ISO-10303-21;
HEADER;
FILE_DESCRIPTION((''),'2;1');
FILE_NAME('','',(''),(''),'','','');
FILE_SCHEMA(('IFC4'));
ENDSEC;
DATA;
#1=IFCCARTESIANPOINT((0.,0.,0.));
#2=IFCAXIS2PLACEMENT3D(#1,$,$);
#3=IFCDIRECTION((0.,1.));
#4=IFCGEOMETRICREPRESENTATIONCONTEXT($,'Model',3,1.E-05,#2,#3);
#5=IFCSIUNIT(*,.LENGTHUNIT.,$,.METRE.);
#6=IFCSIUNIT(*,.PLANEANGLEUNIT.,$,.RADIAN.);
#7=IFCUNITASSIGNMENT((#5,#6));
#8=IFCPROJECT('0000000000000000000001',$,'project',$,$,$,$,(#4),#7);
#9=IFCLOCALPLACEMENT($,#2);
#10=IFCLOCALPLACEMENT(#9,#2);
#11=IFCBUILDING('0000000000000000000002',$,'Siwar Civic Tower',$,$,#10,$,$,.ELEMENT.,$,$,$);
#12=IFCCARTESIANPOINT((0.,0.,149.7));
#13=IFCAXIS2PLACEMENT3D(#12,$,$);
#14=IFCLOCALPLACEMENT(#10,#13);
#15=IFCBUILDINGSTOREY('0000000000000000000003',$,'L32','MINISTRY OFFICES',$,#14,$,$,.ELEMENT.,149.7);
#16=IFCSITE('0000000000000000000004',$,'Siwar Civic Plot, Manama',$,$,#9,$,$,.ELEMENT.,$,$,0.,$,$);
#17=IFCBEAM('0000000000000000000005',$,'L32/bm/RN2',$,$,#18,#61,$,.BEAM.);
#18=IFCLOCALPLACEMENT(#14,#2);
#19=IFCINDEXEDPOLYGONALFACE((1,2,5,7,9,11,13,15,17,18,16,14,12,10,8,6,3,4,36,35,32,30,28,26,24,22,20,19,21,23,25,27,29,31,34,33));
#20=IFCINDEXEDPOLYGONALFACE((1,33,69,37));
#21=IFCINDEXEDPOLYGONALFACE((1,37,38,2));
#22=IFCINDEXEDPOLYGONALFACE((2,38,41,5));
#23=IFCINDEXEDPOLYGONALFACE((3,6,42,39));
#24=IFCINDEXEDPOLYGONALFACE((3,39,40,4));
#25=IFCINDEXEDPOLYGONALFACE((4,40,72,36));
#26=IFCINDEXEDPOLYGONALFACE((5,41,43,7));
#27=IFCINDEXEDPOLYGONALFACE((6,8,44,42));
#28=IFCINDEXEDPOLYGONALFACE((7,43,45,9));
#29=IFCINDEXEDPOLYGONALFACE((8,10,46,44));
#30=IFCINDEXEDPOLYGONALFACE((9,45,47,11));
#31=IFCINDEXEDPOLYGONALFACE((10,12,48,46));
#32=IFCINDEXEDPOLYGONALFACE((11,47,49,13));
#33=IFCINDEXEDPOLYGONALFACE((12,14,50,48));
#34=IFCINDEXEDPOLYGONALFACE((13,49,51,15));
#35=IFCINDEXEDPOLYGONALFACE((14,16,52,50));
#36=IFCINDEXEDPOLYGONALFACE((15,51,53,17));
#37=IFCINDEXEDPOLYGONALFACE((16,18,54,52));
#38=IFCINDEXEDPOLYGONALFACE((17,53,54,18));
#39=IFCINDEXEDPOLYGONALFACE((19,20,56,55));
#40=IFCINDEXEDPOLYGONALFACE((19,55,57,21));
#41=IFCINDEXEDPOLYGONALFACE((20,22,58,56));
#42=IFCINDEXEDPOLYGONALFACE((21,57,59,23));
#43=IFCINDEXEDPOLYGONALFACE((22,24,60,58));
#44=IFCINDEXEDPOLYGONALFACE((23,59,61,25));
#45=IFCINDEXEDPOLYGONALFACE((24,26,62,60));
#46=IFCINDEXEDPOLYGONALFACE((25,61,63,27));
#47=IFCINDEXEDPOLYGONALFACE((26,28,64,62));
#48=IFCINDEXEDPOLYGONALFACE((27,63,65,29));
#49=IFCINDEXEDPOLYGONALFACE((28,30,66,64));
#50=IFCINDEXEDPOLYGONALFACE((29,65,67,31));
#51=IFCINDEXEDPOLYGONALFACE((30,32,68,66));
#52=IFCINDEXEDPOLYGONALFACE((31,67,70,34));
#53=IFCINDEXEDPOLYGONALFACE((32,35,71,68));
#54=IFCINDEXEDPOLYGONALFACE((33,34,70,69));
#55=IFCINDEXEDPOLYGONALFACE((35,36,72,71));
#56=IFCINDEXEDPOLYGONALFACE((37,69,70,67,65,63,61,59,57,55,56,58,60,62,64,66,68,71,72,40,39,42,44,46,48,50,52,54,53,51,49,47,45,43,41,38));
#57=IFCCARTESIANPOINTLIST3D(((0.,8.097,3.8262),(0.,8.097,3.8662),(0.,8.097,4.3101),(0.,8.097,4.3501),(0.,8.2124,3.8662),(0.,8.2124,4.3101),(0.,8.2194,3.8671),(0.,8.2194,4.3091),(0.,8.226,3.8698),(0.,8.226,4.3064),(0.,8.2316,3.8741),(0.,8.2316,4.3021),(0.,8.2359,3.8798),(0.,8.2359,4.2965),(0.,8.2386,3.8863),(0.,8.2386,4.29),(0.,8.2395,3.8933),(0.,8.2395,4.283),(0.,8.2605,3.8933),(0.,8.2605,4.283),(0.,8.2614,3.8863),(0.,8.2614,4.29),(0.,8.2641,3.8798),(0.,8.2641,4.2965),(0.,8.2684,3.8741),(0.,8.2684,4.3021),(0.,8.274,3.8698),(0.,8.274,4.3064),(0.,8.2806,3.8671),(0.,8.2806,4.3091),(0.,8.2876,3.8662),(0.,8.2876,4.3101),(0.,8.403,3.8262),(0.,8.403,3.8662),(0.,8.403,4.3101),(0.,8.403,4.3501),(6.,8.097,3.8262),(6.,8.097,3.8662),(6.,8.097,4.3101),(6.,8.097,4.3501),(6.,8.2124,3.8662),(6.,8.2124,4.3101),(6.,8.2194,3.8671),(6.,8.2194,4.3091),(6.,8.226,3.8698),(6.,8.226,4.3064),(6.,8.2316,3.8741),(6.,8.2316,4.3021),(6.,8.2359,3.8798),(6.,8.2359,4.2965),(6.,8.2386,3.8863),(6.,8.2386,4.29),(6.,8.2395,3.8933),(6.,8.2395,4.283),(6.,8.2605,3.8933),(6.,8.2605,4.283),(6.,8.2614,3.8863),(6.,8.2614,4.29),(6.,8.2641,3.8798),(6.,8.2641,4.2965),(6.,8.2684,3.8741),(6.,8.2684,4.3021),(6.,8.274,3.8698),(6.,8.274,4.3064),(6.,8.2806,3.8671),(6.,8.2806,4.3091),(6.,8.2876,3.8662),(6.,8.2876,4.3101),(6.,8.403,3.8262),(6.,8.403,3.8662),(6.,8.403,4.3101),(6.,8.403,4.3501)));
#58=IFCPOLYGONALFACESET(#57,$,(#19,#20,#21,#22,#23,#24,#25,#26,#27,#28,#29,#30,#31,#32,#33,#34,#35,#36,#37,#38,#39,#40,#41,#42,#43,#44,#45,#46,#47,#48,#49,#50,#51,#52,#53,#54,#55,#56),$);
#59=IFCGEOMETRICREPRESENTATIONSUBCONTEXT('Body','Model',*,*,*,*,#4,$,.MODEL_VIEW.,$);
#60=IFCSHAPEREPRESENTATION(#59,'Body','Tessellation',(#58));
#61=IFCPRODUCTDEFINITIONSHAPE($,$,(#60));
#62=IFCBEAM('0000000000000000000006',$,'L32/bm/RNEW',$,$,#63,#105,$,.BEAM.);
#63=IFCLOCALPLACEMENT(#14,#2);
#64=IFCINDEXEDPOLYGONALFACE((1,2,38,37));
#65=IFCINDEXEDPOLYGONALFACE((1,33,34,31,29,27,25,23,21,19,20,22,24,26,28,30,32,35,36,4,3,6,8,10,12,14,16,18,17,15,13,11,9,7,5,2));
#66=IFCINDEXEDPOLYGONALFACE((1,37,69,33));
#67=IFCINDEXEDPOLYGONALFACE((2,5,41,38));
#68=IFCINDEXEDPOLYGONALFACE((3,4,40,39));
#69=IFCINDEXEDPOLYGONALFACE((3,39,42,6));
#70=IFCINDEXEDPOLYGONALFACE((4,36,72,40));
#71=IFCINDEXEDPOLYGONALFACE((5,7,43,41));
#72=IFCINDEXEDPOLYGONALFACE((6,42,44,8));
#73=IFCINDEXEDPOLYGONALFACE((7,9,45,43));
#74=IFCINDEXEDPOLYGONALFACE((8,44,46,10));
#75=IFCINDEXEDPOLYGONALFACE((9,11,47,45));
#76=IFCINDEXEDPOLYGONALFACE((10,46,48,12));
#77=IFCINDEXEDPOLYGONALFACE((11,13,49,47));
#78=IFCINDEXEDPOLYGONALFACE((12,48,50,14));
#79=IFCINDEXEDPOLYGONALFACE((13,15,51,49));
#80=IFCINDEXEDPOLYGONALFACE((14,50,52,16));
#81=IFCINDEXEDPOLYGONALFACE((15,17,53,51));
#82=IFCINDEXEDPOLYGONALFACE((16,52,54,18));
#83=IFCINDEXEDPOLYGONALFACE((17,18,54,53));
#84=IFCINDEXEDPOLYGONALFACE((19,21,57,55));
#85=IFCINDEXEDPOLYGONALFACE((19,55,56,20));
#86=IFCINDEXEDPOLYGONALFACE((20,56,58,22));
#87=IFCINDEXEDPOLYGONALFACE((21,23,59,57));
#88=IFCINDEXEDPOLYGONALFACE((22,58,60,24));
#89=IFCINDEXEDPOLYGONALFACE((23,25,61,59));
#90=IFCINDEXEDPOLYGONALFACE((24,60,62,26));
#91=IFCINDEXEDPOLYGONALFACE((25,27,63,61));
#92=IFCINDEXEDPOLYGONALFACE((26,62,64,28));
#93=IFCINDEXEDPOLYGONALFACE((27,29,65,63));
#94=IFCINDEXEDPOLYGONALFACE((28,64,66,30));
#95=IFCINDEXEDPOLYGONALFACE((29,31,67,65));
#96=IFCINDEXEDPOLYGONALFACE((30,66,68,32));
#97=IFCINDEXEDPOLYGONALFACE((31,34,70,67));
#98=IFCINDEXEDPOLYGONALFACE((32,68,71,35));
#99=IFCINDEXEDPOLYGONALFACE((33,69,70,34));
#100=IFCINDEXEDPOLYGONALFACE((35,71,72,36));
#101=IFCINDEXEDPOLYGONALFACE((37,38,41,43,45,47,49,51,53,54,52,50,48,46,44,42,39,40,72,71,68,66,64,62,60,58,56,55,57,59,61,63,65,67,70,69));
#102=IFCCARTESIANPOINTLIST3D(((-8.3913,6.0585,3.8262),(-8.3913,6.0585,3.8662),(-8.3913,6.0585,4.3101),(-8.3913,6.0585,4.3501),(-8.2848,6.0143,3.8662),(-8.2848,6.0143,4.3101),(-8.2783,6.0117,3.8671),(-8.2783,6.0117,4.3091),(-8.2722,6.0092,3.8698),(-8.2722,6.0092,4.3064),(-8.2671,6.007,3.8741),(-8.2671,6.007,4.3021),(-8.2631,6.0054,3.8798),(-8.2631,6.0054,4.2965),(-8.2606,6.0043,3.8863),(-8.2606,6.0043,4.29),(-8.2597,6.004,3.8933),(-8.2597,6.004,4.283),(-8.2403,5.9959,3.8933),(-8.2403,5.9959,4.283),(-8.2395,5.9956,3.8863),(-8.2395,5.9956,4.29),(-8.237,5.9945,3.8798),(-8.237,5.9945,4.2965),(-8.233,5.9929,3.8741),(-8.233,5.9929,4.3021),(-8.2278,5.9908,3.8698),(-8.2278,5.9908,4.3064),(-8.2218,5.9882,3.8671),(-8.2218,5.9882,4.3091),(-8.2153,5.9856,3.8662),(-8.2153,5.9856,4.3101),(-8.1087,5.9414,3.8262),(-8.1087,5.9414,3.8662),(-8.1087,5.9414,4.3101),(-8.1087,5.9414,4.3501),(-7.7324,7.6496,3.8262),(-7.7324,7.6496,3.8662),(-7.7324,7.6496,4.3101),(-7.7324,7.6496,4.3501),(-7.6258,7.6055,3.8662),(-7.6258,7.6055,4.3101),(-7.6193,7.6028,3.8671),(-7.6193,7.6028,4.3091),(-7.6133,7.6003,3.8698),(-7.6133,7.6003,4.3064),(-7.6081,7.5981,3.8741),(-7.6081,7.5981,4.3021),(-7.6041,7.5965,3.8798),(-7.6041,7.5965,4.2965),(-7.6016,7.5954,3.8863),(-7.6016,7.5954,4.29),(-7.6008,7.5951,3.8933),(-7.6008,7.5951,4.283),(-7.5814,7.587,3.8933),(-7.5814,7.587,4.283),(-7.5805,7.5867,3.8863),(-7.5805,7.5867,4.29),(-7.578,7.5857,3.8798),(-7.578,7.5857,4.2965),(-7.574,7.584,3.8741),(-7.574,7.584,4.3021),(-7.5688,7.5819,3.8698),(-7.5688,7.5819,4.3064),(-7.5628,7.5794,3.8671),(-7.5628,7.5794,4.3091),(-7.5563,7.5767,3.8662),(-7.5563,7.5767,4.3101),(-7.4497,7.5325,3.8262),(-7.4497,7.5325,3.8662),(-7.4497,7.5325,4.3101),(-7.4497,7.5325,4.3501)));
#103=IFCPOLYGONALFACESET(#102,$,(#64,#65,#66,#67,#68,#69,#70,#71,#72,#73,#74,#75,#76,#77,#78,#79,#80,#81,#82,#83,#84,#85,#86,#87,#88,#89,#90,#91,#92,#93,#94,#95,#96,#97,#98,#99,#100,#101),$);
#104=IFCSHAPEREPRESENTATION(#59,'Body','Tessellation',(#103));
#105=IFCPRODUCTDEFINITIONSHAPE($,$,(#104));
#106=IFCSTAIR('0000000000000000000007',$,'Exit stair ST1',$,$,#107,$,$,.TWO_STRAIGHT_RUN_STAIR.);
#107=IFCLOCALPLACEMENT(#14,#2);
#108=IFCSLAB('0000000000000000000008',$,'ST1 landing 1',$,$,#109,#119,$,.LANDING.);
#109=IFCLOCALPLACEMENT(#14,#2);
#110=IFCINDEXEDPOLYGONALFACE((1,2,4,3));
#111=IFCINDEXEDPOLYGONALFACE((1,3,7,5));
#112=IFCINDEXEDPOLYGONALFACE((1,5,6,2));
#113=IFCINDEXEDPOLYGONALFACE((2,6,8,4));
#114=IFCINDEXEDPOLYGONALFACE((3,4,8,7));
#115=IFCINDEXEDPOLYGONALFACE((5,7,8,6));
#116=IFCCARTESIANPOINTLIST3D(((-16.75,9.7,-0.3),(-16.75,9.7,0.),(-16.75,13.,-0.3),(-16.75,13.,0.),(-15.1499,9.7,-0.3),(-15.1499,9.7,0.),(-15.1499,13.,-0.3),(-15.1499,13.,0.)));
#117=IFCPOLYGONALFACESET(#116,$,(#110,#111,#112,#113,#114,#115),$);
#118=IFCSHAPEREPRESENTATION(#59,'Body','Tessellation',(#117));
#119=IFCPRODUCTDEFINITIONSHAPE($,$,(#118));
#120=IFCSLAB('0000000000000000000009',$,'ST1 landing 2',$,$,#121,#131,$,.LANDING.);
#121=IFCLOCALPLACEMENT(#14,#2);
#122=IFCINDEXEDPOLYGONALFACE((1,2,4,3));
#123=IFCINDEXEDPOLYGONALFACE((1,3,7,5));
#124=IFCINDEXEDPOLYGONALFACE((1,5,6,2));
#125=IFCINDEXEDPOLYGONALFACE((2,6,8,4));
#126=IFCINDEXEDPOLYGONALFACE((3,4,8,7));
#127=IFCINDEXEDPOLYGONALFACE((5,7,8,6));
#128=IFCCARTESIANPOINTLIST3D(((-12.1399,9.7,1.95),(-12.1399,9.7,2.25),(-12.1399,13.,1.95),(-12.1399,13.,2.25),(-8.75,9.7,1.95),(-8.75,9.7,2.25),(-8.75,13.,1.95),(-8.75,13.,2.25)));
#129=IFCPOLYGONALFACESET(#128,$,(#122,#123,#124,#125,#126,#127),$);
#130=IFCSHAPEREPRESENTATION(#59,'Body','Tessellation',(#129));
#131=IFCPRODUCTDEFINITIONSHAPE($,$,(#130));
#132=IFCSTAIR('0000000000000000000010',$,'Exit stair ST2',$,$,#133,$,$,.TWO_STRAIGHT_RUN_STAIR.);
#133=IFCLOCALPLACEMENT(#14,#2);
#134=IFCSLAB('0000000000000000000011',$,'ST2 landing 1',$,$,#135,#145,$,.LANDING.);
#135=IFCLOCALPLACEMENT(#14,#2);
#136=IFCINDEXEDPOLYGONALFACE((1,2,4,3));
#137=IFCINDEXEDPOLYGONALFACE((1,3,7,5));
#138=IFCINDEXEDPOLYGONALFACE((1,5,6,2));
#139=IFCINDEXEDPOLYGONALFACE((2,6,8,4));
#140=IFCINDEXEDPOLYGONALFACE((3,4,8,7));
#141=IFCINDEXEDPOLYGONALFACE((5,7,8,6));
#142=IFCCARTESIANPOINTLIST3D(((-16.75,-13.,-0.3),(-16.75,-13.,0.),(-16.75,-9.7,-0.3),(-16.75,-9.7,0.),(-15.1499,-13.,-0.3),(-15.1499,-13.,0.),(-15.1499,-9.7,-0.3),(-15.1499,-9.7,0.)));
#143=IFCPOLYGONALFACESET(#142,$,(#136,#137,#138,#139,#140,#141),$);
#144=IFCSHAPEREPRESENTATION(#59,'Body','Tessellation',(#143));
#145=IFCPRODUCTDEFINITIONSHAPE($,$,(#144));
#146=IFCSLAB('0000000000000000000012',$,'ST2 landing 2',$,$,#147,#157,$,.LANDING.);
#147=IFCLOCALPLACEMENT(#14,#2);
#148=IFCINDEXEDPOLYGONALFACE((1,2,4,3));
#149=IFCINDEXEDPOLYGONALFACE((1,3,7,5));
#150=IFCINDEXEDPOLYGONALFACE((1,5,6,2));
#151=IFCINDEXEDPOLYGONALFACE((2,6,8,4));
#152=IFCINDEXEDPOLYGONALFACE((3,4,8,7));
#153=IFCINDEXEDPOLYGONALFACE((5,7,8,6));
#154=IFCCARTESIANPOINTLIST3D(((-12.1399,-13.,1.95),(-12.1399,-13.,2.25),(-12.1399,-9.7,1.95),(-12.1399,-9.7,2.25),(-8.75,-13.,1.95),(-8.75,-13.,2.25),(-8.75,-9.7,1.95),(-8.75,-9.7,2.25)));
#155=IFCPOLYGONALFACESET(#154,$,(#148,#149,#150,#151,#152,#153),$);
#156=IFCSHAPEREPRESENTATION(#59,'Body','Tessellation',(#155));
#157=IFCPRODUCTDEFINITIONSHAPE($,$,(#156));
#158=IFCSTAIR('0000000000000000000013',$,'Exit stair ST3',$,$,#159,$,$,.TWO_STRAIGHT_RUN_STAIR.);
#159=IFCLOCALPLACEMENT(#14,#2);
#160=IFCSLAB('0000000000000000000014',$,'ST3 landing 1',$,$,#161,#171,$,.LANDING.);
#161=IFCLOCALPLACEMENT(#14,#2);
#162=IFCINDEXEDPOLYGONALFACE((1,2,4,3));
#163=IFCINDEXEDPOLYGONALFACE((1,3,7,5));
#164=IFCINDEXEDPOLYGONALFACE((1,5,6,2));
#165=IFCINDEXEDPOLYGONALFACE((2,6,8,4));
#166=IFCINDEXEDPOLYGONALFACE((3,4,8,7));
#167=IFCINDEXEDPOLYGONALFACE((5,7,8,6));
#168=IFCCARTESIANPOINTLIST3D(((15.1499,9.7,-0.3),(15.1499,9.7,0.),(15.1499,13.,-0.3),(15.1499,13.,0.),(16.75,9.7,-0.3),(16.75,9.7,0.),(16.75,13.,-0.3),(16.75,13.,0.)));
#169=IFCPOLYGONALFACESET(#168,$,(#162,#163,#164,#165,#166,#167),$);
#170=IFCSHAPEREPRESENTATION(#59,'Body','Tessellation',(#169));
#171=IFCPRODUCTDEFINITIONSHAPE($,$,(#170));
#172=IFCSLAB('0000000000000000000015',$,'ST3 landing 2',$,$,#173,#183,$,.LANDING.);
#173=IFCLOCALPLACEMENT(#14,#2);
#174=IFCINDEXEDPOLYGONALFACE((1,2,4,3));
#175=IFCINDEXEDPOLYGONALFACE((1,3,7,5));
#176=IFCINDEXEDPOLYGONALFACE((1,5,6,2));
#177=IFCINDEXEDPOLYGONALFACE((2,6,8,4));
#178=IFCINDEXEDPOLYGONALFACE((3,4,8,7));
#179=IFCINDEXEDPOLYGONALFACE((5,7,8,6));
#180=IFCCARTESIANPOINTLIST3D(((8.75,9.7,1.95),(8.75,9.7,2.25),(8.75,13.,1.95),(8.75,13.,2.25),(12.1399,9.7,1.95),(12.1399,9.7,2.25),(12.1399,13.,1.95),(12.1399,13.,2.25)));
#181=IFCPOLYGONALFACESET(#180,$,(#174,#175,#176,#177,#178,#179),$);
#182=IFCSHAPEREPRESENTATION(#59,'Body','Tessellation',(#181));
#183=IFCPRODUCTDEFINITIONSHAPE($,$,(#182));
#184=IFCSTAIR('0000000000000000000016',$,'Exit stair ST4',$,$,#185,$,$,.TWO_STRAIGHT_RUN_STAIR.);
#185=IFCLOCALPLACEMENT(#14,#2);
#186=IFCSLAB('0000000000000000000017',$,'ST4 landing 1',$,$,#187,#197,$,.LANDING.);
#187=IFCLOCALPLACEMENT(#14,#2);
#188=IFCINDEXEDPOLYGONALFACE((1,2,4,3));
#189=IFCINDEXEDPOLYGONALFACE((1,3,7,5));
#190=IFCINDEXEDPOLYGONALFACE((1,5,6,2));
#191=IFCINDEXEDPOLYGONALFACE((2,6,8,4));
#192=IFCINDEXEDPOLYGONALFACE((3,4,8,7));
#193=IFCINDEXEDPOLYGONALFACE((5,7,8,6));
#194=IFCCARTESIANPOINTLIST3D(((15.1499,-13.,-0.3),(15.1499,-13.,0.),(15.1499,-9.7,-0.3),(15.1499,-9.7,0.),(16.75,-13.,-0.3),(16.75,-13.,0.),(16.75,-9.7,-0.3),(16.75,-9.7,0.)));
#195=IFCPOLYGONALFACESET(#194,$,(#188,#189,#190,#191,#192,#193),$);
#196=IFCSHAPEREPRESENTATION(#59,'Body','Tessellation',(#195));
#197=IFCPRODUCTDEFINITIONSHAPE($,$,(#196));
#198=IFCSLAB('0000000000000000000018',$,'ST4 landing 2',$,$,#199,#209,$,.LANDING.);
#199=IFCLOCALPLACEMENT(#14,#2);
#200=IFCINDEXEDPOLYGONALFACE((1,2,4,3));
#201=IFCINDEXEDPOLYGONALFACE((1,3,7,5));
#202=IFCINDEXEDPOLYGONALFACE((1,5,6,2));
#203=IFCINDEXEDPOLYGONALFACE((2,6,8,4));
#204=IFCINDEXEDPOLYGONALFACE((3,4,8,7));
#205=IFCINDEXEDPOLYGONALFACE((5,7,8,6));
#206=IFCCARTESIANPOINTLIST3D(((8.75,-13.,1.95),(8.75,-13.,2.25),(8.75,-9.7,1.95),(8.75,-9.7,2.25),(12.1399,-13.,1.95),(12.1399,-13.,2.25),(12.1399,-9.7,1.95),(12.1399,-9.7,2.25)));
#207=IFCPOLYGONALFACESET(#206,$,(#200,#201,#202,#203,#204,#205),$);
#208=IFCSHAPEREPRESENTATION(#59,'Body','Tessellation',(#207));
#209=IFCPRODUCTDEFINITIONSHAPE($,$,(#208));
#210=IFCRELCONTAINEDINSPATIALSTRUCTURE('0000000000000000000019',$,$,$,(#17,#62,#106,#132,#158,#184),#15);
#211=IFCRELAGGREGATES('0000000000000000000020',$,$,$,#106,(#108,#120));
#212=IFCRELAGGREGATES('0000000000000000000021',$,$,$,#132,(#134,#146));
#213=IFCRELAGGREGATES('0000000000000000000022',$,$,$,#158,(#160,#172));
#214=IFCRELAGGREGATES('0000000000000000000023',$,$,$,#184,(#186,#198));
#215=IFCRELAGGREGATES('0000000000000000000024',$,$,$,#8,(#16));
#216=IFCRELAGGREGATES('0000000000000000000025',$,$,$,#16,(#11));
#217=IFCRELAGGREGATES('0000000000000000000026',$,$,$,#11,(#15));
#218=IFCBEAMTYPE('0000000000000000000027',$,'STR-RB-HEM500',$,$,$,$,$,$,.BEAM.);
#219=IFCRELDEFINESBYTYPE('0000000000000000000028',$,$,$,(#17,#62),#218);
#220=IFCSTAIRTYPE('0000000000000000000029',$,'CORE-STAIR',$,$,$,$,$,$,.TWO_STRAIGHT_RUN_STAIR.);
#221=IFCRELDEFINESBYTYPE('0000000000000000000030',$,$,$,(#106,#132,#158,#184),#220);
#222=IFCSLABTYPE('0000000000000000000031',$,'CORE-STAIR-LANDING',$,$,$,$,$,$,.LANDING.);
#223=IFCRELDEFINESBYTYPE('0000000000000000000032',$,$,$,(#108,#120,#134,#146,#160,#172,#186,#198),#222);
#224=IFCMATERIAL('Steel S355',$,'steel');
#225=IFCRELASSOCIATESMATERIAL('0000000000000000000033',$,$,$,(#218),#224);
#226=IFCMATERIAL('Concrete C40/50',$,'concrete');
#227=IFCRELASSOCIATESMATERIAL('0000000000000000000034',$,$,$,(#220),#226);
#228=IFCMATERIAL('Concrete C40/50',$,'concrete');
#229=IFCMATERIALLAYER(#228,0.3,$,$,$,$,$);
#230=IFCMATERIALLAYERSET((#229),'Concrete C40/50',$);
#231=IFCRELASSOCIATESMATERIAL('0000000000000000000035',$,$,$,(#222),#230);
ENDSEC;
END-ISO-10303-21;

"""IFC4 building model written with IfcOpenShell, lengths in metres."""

from ifc_helpers import new_model, si_unit, direction, frame, origin, origin_2d, place, context, subcontext, project, spatial, polyline, i_section, outline, extrude, material, layer, layer_set, material_profile, profile_set, type_object, element, aggregate, save


model = new_model("IFC4")

# Units and contexts
model_context = context("Model", 3, precision=1e-05, world=origin(), true_north=direction((0.0, 1.0)))
body_context = subcontext(model_context, "Body", "Model", "MODEL_VIEW")
ifc_project = project(units=[si_unit("LENGTHUNIT", "METRE"), si_unit("PLANEANGLEUNIT", "RADIAN")], contexts=[model_context])

# Site, building, storey
site_placement = place(None, origin())
site = spatial("IfcSite", under=ifc_project, at=site_placement, Name="Siwar Civic Plot, Manama", CompositionType="ELEMENT", RefElevation=0.0)
building_placement = place(site_placement, origin())
building = spatial("IfcBuilding", under=site, at=building_placement, Name="Siwar Civic Tower", CompositionType="ELEMENT")
storey_placement = place(building_placement, frame((0.0, 0.0, 149.7)))
storey = spatial("IfcBuildingStorey", under=building, at=storey_placement, Name="L32", Description="MINISTRY OFFICES", CompositionType="ELEMENT", Elevation=149.7)

# Beams
ifc_material_1 = material(Name="Steel S355", Category="steel")
ifc_material_profile_1 = material_profile(ifc_material_1, i_section(OverallWidth=0.3059, OverallDepth=0.5239, WebThickness=0.021, FlangeThickness=0.04, FilletRadius=0.0271, at=origin_2d()), Name="HEM500")
ifc_profile_set_1 = profile_set([ifc_material_profile_1], Name="Steel S355")
beam_type_1 = type_object("IfcBeamType", Name="STR-RB-HEM500", PredefinedType="BEAM", material=ifc_profile_set_1)
for number, where, z_axis, x_axis, name in (
    (1, (0.0, 8.25, 4.0881), (1.0, 0.0, 0.0), (0.0, 1.0, 0.0), "L32/bm/RN2"),
):
    element("IfcBeam", number, at=place(storey_placement, frame(where, z_axis=z_axis, x_axis=x_axis)), inside=storey, type_object=beam_type_1, Name=name, PredefinedType="BEAM", context=body_context, shape_type="SweptSolid", body=[
        extrude(i_section(OverallWidth=0.3059, OverallDepth=0.5239, WebThickness=0.021, FlangeThickness=0.04, FilletRadius=0.0271, at=origin_2d()), origin(), (0.0, 0.0, 1.0), 6.0),
    ])
beam_1_placement = place(storey_placement, frame((-7.5911, 7.5911, 4.0881), z_axis=(-0.382631, -0.923901, 0.0), x_axis=(0.923901, -0.382631, 0.0)))
element("IfcBeam", 2, at=beam_1_placement, inside=storey, type_object=beam_type_1, Name="L32/bm/RNEW", PredefinedType="BEAM", context=body_context, shape_type="SweptSolid", body=[
    extrude(i_section(OverallWidth=0.3059, OverallDepth=0.5239, WebThickness=0.021, FlangeThickness=0.04, FilletRadius=0.0271, at=origin_2d()), origin(), (0.0, 0.0, 1.0), 1.7222),
])

# Stairs, slabs
ifc_material_2 = material(Name="Concrete C40/50", Category="concrete")
stair_type = type_object("IfcStairType", Name="CORE-STAIR", PredefinedType="TWO_STRAIGHT_RUN_STAIR", material=ifc_material_2)
stair_1_placement = place(storey_placement, origin())
stair_1 = element("IfcStair", 3, at=stair_1_placement, inside=storey, type_object=stair_type, Name="Exit stair ST1", PredefinedType="TWO_STRAIGHT_RUN_STAIR")
ifc_material_3 = material(Name="Concrete C40/50", Category="concrete")
ifc_layer_1 = layer(ifc_material_3, 0.3)
ifc_layer_set_1 = layer_set([ifc_layer_1], Name="Concrete C40/50")
slab_type_1 = type_object("IfcSlabType", Name="CORE-STAIR-LANDING", PredefinedType="LANDING", material=ifc_layer_set_1)
slab_1_placement = place(storey_placement, frame((0.0, 0.0, -0.3)))
slab_1 = element("IfcSlab", 4, at=slab_1_placement, type_object=slab_type_1, Name="ST1 landing 1", PredefinedType="LANDING", context=body_context, shape_type="SweptSolid", body=[
    extrude(outline(polyline([(-15.1499, 13.0), (-16.75, 13.0), (-16.75, 9.7), (-15.1499, 9.7), (-15.1499, 13.0)])), origin(), (0.0, 0.0, 1.0), 0.3),
])
slab_2_placement = place(storey_placement, frame((0.0, 0.0, 1.95)))
slab_2 = element("IfcSlab", 5, at=slab_2_placement, type_object=slab_type_1, Name="ST1 landing 2", PredefinedType="LANDING", context=body_context, shape_type="SweptSolid", body=[
    extrude(outline(polyline([(-8.75, 13.0), (-12.1399, 13.0), (-12.1399, 9.7), (-8.75, 9.7), (-8.75, 13.0)])), origin(), (0.0, 0.0, 1.0), 0.3),
])
aggregate(stair_1, [slab_1, slab_2])
stair_2_placement = place(storey_placement, origin())
stair_2 = element("IfcStair", 6, at=stair_2_placement, inside=storey, type_object=stair_type, Name="Exit stair ST2", PredefinedType="TWO_STRAIGHT_RUN_STAIR")
slab_3_placement = place(storey_placement, frame((0.0, 0.0, -0.3)))
slab_3 = element("IfcSlab", 7, at=slab_3_placement, type_object=slab_type_1, Name="ST2 landing 1", PredefinedType="LANDING", context=body_context, shape_type="SweptSolid", body=[
    extrude(outline(polyline([(-15.1499, -9.7), (-16.75, -9.7), (-16.75, -13.0), (-15.1499, -13.0), (-15.1499, -9.7)])), origin(), (0.0, 0.0, 1.0), 0.3),
])
slab_4_placement = place(storey_placement, frame((0.0, 0.0, 1.95)))
slab_4 = element("IfcSlab", 8, at=slab_4_placement, type_object=slab_type_1, Name="ST2 landing 2", PredefinedType="LANDING", context=body_context, shape_type="SweptSolid", body=[
    extrude(outline(polyline([(-8.75, -9.7), (-12.1399, -9.7), (-12.1399, -13.0), (-8.75, -13.0), (-8.75, -9.7)])), origin(), (0.0, 0.0, 1.0), 0.3),
])
aggregate(stair_2, [slab_3, slab_4])
stair_3_placement = place(storey_placement, origin())
stair_3 = element("IfcStair", 9, at=stair_3_placement, inside=storey, type_object=stair_type, Name="Exit stair ST3", PredefinedType="TWO_STRAIGHT_RUN_STAIR")
slab_5_placement = place(storey_placement, frame((0.0, 0.0, -0.3)))
slab_5 = element("IfcSlab", 10, at=slab_5_placement, type_object=slab_type_1, Name="ST3 landing 1", PredefinedType="LANDING", context=body_context, shape_type="SweptSolid", body=[
    extrude(outline(polyline([(15.1499, 9.7), (16.75, 9.7), (16.75, 13.0), (15.1499, 13.0), (15.1499, 9.7)])), origin(), (0.0, 0.0, 1.0), 0.3),
])
slab_6_placement = place(storey_placement, frame((0.0, 0.0, 1.95)))
slab_6 = element("IfcSlab", 11, at=slab_6_placement, type_object=slab_type_1, Name="ST3 landing 2", PredefinedType="LANDING", context=body_context, shape_type="SweptSolid", body=[
    extrude(outline(polyline([(8.75, 9.7), (12.1399, 9.7), (12.1399, 13.0), (8.75, 13.0), (8.75, 9.7)])), origin(), (0.0, 0.0, 1.0), 0.3),
])
aggregate(stair_3, [slab_5, slab_6])
stair_4_placement = place(storey_placement, origin())
stair_4 = element("IfcStair", 12, at=stair_4_placement, inside=storey, type_object=stair_type, Name="Exit stair ST4", PredefinedType="TWO_STRAIGHT_RUN_STAIR")
slab_7_placement = place(storey_placement, frame((0.0, 0.0, -0.3)))
slab_7 = element("IfcSlab", 13, at=slab_7_placement, type_object=slab_type_1, Name="ST4 landing 1", PredefinedType="LANDING", context=body_context, shape_type="SweptSolid", body=[
    extrude(outline(polyline([(15.1499, -13.0), (16.75, -13.0), (16.75, -9.7), (15.1499, -9.7), (15.1499, -13.0)])), origin(), (0.0, 0.0, 1.0), 0.3),
])
slab_8_placement = place(storey_placement, frame((0.0, 0.0, 1.95)))
slab_8 = element("IfcSlab", 14, at=slab_8_placement, type_object=slab_type_1, Name="ST4 landing 2", PredefinedType="LANDING", context=body_context, shape_type="SweptSolid", body=[
    extrude(outline(polyline([(8.75, -13.0), (12.1399, -13.0), (12.1399, -9.7), (8.75, -9.7), (8.75, -13.0)])), origin(), (0.0, 0.0, 1.0), 0.3),
])
aggregate(stair_4, [slab_7, slab_8])

save(model, "model.ifc")
